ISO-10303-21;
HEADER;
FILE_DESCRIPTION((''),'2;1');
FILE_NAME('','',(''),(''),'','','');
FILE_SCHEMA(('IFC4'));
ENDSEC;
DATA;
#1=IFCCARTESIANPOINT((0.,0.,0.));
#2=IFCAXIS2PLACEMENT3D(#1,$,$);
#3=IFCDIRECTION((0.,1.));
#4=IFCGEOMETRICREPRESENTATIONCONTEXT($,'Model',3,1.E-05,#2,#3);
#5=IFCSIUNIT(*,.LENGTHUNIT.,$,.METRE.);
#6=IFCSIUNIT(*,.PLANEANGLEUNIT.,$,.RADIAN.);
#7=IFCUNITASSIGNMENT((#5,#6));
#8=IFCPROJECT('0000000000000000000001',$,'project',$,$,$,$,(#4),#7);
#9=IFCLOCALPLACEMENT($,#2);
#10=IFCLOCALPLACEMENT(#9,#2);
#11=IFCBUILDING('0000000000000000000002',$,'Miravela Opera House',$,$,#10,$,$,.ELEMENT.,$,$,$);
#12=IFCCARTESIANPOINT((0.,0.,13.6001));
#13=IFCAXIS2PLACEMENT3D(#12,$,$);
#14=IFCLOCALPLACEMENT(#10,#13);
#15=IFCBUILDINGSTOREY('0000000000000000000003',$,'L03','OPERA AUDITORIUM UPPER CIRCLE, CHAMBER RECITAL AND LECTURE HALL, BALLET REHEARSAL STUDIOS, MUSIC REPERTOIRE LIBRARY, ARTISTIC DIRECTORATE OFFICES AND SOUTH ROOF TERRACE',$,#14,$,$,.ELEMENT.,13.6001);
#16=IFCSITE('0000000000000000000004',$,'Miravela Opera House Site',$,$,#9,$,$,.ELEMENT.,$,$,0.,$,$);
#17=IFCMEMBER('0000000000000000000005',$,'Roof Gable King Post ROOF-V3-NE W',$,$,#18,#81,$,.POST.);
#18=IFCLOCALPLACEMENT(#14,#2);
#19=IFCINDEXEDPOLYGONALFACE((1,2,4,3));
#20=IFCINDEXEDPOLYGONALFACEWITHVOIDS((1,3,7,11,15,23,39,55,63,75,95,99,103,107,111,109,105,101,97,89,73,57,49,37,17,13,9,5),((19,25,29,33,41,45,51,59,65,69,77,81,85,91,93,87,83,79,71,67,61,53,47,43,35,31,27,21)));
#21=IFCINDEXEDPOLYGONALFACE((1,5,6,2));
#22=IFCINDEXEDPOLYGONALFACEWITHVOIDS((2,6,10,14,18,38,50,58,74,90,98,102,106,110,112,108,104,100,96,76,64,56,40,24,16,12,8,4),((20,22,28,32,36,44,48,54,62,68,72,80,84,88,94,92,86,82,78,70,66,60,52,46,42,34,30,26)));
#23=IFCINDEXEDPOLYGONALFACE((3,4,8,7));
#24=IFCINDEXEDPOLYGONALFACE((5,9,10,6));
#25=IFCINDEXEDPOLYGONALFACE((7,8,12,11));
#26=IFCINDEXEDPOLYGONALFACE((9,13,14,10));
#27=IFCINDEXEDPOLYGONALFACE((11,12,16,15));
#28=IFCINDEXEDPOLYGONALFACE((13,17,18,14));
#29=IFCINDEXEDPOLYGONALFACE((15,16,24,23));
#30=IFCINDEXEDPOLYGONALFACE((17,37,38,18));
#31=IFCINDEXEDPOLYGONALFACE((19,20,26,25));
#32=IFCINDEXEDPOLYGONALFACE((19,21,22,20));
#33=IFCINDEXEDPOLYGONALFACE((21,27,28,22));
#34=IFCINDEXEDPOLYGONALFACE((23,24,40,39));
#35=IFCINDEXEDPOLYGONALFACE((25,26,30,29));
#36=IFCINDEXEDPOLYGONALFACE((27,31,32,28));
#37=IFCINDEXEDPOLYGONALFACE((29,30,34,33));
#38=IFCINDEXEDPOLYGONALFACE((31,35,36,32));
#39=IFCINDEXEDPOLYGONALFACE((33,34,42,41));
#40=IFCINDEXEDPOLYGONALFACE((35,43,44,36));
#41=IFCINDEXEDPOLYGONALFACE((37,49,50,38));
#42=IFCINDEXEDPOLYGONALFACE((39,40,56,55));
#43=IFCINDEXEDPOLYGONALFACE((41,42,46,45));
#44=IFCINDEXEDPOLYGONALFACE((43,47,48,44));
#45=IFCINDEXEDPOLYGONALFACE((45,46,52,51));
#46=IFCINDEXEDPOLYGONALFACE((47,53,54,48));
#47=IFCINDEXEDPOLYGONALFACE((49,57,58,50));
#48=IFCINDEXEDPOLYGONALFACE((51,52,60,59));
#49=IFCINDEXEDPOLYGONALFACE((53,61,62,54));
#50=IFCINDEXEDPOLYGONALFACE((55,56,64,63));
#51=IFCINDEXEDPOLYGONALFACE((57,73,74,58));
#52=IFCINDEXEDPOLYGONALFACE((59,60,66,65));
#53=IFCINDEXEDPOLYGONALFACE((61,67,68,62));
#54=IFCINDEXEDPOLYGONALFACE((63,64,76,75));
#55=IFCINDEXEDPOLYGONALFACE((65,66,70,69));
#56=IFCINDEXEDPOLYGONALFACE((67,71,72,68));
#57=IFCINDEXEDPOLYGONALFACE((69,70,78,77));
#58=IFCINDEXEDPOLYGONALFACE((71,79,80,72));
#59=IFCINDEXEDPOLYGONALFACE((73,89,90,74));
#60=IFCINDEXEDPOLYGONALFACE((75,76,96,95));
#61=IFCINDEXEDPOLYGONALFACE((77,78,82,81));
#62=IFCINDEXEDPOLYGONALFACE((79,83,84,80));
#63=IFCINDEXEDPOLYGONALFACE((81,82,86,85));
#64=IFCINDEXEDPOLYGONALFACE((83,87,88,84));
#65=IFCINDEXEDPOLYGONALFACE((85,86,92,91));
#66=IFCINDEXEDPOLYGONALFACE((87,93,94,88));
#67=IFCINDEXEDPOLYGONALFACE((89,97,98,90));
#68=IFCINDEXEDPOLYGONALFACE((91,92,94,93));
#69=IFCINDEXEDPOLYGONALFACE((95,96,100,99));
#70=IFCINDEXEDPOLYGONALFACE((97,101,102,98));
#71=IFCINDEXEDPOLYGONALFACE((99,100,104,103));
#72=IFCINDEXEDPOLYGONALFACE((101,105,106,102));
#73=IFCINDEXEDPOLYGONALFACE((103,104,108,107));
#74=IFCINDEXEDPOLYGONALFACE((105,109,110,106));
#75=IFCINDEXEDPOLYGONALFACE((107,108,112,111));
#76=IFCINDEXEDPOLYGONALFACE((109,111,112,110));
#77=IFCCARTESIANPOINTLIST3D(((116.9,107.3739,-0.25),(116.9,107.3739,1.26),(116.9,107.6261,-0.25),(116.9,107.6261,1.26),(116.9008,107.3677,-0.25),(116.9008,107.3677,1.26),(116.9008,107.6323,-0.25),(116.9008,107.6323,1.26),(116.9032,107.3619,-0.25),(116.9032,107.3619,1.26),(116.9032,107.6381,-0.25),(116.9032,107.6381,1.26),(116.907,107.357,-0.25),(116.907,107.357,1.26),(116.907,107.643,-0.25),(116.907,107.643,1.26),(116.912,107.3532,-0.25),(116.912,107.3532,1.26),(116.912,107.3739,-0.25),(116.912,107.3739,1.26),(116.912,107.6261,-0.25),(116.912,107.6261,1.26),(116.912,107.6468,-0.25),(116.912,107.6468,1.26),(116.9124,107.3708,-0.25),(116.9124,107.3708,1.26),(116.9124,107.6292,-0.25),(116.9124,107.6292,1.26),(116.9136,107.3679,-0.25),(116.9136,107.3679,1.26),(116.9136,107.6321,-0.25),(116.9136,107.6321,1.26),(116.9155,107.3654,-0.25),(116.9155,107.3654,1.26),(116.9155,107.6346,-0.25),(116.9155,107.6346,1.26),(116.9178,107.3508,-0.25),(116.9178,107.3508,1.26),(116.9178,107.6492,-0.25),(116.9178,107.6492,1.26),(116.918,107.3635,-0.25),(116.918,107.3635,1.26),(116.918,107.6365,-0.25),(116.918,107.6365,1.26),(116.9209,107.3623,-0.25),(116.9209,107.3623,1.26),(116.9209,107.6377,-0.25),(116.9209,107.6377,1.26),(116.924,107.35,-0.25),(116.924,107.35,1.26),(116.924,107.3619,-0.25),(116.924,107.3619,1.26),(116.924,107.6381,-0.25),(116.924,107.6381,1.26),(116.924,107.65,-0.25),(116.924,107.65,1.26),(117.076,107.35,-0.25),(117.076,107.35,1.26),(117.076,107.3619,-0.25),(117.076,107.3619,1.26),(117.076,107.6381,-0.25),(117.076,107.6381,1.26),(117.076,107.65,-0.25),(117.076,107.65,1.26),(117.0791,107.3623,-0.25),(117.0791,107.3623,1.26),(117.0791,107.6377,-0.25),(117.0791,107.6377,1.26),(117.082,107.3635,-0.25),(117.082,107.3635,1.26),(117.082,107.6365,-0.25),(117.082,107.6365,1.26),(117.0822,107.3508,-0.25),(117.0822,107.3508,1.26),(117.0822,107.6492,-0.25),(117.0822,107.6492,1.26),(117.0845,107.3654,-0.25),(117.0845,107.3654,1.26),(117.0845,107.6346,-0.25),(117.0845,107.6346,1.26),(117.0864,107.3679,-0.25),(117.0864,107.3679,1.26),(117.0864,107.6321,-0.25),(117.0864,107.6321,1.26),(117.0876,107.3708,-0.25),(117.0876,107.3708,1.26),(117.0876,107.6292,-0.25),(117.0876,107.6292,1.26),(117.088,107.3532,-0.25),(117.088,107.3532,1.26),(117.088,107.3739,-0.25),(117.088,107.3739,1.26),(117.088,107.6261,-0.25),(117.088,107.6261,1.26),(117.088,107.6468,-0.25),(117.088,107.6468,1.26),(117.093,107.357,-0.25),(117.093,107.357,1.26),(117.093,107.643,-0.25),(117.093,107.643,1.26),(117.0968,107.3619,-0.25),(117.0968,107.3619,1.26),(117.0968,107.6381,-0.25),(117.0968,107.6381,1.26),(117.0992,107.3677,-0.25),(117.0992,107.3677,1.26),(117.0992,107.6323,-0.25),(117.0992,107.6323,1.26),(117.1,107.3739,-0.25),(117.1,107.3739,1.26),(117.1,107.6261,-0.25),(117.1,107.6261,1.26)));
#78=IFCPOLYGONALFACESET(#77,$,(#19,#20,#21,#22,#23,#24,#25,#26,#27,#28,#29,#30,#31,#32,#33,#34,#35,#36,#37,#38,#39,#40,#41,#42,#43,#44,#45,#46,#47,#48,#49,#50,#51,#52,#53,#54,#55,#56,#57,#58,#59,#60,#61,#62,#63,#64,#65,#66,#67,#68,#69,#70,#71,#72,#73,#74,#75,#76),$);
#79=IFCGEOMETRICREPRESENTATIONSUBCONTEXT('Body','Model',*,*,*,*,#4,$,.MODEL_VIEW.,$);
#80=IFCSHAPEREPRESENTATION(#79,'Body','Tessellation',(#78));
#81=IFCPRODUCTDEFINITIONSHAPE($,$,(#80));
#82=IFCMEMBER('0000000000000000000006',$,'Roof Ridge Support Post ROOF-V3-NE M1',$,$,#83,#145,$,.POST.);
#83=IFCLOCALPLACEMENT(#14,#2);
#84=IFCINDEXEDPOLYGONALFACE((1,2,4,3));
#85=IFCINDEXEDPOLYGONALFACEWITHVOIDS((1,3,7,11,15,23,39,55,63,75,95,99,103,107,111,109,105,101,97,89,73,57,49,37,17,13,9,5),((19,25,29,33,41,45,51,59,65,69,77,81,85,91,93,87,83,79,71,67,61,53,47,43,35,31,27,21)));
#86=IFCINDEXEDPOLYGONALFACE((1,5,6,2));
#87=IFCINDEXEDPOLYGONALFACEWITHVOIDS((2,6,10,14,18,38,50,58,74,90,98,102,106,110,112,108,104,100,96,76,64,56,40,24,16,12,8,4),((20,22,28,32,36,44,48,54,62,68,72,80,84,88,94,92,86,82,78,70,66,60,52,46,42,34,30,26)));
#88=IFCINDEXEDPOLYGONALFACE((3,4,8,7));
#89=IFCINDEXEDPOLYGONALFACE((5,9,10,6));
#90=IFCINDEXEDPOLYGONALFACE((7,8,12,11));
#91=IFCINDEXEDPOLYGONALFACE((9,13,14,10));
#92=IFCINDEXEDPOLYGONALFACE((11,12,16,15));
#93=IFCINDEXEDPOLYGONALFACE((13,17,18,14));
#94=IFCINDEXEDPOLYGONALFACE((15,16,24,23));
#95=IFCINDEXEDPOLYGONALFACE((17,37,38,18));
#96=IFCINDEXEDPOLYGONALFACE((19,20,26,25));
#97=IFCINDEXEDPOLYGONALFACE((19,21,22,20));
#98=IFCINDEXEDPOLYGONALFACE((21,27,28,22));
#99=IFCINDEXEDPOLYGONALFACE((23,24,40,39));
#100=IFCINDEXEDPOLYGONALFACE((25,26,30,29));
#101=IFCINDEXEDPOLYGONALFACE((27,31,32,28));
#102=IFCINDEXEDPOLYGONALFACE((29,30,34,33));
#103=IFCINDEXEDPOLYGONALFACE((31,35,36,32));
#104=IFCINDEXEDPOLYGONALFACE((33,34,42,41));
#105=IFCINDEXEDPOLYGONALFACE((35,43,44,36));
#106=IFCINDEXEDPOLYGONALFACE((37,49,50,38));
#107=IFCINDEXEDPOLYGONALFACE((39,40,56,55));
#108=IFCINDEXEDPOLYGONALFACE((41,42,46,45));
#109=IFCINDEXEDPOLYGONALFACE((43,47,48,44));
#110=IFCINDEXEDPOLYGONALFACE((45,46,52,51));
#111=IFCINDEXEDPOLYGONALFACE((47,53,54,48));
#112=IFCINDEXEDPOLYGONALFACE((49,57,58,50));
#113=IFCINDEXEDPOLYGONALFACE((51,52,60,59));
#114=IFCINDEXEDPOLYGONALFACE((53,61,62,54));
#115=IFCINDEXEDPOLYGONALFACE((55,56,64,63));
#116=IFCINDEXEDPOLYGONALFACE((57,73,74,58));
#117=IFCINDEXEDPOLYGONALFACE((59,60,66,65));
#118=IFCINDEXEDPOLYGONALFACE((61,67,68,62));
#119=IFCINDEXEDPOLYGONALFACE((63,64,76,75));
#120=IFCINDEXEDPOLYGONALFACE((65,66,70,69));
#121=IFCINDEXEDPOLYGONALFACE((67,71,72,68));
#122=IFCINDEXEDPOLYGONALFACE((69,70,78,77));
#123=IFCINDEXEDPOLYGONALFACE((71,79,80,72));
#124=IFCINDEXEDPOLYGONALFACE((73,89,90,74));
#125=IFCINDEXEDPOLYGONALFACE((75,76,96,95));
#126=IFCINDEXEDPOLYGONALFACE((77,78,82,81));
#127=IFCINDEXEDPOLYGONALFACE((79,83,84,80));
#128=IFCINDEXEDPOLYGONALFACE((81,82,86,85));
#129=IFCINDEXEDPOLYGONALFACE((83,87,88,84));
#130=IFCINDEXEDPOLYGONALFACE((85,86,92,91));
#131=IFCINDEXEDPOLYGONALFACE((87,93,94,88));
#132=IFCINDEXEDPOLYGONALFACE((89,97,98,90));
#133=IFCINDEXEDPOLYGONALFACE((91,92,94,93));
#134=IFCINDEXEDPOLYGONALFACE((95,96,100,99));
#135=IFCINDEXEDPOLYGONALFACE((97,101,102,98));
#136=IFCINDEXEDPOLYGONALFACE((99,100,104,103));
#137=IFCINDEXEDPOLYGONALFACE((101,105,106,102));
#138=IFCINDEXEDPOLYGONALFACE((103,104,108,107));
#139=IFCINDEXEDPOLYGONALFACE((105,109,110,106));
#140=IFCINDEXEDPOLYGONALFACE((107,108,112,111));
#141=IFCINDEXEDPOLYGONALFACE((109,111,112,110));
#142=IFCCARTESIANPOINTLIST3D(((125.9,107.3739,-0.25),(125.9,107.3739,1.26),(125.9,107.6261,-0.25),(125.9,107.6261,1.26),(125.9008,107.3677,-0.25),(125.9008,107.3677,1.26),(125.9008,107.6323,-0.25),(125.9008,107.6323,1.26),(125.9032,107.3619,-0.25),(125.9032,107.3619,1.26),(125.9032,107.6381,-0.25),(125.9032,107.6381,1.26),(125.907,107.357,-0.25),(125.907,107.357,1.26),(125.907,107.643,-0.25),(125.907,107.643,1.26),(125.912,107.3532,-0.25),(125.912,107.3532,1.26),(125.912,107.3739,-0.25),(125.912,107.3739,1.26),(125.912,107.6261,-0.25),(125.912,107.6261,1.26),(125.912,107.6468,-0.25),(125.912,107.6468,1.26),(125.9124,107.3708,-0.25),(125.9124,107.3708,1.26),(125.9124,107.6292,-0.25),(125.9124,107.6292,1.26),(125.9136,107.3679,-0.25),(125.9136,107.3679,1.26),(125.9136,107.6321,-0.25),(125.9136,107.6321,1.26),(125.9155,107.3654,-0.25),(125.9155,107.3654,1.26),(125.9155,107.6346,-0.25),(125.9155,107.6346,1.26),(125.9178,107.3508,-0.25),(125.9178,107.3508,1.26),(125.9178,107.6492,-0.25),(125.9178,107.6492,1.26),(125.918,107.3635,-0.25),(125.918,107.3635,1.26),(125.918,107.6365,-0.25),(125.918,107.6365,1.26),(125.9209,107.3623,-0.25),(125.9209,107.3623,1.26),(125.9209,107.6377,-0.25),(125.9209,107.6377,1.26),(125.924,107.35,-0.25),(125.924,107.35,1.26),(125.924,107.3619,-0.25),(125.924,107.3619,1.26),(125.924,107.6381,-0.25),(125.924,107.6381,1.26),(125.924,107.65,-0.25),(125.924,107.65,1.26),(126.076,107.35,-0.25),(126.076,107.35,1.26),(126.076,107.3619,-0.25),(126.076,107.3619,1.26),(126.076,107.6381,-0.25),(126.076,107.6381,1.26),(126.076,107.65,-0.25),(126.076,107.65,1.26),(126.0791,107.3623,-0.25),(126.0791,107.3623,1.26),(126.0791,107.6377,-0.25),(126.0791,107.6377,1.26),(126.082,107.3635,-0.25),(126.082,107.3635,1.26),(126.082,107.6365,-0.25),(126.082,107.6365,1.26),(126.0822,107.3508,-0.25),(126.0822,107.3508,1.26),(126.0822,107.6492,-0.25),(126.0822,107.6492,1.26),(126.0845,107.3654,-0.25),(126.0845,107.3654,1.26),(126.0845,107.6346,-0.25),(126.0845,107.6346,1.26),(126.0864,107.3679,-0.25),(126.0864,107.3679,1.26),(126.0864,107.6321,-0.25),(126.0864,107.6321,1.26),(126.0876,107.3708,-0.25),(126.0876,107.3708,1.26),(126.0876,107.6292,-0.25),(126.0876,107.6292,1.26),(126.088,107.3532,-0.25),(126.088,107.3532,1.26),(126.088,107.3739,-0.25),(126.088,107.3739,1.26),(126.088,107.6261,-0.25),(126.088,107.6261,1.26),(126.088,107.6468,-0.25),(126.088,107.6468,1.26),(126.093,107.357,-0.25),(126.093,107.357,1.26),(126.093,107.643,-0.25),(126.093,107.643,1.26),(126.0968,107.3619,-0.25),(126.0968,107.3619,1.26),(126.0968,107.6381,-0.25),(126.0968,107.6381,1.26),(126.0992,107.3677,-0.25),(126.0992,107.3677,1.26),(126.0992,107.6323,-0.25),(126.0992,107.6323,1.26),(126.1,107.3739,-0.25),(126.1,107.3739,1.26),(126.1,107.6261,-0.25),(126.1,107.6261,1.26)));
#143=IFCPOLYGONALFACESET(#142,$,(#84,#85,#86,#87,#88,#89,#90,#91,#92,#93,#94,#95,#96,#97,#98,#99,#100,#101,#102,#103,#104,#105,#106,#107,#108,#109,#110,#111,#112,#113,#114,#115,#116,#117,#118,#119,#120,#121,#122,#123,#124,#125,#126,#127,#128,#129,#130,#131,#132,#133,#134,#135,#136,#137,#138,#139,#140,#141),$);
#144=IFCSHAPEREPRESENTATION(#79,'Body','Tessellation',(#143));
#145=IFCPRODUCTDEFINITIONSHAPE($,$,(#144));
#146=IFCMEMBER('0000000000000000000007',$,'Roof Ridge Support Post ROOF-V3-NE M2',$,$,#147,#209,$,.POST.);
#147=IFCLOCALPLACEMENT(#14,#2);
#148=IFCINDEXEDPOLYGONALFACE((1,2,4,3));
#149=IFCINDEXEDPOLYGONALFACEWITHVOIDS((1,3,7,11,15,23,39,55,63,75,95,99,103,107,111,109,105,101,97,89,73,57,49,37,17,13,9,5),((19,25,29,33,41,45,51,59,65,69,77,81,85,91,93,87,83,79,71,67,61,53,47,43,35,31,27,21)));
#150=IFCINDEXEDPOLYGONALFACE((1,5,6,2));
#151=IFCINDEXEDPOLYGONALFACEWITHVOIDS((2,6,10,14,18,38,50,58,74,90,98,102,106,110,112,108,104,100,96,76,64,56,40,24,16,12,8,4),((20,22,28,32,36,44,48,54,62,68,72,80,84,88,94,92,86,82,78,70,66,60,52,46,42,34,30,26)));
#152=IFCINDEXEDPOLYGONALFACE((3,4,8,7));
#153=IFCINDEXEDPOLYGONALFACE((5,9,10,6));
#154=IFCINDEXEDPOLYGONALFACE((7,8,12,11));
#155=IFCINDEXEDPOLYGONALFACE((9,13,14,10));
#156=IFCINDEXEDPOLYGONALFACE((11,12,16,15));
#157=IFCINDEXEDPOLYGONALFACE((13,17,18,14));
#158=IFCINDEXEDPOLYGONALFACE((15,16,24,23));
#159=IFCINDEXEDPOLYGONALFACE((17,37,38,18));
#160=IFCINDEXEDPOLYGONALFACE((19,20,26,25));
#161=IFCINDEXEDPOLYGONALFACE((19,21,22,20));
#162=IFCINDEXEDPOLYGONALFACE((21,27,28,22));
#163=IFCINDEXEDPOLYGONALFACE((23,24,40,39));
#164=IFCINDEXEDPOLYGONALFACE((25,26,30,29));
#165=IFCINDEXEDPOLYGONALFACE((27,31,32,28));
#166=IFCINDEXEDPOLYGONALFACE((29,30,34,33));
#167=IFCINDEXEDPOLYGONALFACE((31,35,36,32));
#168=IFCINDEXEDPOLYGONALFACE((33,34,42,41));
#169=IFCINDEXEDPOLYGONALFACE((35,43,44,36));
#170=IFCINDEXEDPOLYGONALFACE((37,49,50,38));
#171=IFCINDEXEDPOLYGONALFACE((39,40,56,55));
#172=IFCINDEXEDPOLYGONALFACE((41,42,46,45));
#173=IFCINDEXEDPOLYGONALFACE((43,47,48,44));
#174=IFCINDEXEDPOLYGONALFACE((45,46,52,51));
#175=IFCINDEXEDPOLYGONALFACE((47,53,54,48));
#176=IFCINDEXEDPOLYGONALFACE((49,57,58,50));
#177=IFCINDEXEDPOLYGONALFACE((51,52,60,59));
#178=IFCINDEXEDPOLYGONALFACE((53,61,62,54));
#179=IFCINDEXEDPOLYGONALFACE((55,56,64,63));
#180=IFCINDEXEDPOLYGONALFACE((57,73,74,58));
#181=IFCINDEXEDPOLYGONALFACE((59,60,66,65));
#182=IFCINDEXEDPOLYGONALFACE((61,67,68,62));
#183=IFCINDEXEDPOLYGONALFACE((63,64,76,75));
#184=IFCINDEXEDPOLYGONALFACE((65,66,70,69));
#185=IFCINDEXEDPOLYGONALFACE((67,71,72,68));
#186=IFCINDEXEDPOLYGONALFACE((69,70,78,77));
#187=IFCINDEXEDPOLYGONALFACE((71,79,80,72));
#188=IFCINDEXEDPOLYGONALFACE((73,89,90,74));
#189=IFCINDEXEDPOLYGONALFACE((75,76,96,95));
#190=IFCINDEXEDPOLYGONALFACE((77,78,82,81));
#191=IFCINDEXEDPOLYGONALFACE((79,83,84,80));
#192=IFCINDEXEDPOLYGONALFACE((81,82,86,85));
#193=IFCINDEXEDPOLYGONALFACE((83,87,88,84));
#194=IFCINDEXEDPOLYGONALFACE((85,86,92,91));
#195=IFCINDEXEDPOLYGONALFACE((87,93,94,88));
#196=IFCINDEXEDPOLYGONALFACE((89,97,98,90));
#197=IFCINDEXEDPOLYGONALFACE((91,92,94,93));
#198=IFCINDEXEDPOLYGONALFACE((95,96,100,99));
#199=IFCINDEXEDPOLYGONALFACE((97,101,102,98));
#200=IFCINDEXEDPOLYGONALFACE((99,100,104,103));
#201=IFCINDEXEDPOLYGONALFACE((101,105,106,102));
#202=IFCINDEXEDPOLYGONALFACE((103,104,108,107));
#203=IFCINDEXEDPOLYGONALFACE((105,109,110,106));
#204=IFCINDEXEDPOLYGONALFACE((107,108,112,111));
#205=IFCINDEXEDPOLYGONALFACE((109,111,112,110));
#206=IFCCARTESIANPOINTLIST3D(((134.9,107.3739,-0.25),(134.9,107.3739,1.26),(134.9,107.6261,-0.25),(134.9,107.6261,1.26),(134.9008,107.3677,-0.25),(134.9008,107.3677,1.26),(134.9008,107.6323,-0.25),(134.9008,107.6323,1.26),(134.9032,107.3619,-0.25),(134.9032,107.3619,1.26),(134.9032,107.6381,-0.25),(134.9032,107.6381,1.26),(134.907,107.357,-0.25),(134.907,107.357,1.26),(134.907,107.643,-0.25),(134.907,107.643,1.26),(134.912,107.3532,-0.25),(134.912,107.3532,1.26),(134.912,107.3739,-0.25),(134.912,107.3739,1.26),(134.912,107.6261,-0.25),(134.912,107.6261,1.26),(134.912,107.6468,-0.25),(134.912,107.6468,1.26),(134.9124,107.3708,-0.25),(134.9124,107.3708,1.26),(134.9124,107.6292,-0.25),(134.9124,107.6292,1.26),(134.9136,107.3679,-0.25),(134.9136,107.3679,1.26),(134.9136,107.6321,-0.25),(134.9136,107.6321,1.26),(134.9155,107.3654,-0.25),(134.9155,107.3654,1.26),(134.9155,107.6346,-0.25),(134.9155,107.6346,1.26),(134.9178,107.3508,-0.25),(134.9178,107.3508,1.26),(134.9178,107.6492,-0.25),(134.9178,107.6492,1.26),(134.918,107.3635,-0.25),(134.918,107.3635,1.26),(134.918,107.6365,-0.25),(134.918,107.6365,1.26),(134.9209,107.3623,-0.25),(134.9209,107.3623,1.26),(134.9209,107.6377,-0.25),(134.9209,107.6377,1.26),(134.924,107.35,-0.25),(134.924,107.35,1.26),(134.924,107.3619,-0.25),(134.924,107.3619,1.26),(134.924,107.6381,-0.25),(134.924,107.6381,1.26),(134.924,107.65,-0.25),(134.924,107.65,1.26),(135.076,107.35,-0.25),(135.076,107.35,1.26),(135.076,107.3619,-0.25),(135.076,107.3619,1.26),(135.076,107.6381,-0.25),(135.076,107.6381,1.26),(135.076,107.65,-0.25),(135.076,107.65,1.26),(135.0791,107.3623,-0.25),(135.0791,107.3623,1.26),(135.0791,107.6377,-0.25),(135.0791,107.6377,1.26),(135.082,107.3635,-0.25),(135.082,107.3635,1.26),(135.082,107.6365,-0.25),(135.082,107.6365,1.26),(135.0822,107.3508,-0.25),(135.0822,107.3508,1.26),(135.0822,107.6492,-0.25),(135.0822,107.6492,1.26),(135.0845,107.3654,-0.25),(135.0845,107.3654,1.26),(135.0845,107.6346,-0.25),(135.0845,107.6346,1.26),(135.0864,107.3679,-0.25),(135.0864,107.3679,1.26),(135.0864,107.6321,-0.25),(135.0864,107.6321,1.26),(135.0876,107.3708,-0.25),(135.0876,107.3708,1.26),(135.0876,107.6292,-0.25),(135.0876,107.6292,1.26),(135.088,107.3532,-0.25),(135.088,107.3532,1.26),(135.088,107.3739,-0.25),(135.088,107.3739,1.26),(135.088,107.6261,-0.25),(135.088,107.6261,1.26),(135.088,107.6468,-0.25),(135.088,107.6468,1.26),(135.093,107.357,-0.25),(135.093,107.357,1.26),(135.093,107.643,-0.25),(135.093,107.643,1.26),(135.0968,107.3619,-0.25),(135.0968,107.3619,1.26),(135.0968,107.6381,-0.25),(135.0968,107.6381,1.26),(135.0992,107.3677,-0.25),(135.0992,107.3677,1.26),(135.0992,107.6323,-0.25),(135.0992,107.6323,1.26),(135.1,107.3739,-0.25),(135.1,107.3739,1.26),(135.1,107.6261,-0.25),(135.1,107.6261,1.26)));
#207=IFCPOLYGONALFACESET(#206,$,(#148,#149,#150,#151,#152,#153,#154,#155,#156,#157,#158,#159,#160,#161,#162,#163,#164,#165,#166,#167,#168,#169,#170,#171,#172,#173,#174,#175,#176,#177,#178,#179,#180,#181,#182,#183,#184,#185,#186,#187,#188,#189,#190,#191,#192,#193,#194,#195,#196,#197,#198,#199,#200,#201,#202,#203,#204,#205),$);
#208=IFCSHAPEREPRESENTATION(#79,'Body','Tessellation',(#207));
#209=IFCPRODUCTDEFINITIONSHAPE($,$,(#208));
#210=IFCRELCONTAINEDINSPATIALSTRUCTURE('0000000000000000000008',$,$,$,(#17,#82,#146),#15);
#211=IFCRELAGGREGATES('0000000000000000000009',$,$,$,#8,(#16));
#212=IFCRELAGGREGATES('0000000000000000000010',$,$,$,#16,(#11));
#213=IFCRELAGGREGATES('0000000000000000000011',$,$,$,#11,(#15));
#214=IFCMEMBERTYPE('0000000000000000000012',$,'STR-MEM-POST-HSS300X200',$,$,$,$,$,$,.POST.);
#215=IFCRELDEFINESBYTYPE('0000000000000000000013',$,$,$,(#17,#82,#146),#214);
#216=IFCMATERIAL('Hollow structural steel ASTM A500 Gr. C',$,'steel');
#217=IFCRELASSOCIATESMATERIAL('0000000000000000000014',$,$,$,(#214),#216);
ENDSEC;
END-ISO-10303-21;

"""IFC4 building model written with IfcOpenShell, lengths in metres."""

from ifc_helpers import new_model, si_unit, direction, frame, origin, origin_2d, place, context, subcontext, project, spatial, hollow_rectangle, extrude, material, material_profile, profile_set, type_object, element, save


model = new_model("IFC4")

# Units and contexts
model_context = context("Model", 3, precision=1e-05, world=origin(), true_north=direction((0.0, 1.0)))
body_context = subcontext(model_context, "Body", "Model", "MODEL_VIEW")
ifc_project = project(units=[si_unit("LENGTHUNIT", "METRE"), si_unit("PLANEANGLEUNIT", "RADIAN")], contexts=[model_context])

# Site, building, storey
site_placement = place(None, origin())
site = spatial("IfcSite", under=ifc_project, at=site_placement, Name="Miravela Opera House Site", CompositionType="ELEMENT", RefElevation=0.0)
building_placement = place(site_placement, origin())
building = spatial("IfcBuilding", under=site, at=building_placement, Name="Miravela Opera House", CompositionType="ELEMENT")
storey_placement = place(building_placement, frame((0.0, 0.0, 13.6001)))
storey = spatial("IfcBuildingStorey", under=building, at=storey_placement, Name="L03", Description="OPERA AUDITORIUM UPPER CIRCLE, CHAMBER RECITAL AND LECTURE HALL, BALLET REHEARSAL STUDIOS, MUSIC REPERTOIRE LIBRARY, ARTISTIC DIRECTORATE OFFICES AND SOUTH ROOF TERRACE", CompositionType="ELEMENT", Elevation=13.6001)

# Members
ifc_material_1 = material(Name="Hollow structural steel ASTM A500 Gr. C", Category="steel")
ifc_material_profile_1 = material_profile(ifc_material_1, hollow_rectangle(XDim=0.2, YDim=0.3, WallThickness=0.012, InnerFilletRadius=0.012, OuterFilletRadius=0.0239, at=origin_2d()), Name="HSS300X200X12")
ifc_profile_set_1 = profile_set([ifc_material_profile_1])
member_type_1 = type_object("IfcMemberType", Name="STR-MEM-POST-HSS300X200", PredefinedType="POST", material=ifc_profile_set_1)
for number, where, z_axis, x_axis, name in (
    (1, (117.0, 107.5, -0.25), (0.0, 0.0, 1.0), (1.0, 0.0, 0.0), "Roof Gable King Post ROOF-V3-NE W"),
    (2, (126.0, 107.5, -0.25), (0.0, 0.0, 1.0), (1.0, 0.0, 0.0), "Roof Ridge Support Post ROOF-V3-NE M1"),
    (3, (135.0, 107.5, -0.25), (0.0, 0.0, 1.0), (1.0, 0.0, 0.0), "Roof Ridge Support Post ROOF-V3-NE M2"),
):
    element("IfcMember", number, at=place(storey_placement, frame(where, z_axis=z_axis, x_axis=x_axis)), inside=storey, type_object=member_type_1, Name=name, PredefinedType="POST", context=body_context, shape_type="SweptSolid", body=[
        extrude(hollow_rectangle(XDim=0.2, YDim=0.3, WallThickness=0.012, InnerFilletRadius=0.012, OuterFilletRadius=0.0239, at=origin_2d()), origin(), (0.0, 0.0, 1.0), 1.51),
    ])

save(model, "model.ifc")
